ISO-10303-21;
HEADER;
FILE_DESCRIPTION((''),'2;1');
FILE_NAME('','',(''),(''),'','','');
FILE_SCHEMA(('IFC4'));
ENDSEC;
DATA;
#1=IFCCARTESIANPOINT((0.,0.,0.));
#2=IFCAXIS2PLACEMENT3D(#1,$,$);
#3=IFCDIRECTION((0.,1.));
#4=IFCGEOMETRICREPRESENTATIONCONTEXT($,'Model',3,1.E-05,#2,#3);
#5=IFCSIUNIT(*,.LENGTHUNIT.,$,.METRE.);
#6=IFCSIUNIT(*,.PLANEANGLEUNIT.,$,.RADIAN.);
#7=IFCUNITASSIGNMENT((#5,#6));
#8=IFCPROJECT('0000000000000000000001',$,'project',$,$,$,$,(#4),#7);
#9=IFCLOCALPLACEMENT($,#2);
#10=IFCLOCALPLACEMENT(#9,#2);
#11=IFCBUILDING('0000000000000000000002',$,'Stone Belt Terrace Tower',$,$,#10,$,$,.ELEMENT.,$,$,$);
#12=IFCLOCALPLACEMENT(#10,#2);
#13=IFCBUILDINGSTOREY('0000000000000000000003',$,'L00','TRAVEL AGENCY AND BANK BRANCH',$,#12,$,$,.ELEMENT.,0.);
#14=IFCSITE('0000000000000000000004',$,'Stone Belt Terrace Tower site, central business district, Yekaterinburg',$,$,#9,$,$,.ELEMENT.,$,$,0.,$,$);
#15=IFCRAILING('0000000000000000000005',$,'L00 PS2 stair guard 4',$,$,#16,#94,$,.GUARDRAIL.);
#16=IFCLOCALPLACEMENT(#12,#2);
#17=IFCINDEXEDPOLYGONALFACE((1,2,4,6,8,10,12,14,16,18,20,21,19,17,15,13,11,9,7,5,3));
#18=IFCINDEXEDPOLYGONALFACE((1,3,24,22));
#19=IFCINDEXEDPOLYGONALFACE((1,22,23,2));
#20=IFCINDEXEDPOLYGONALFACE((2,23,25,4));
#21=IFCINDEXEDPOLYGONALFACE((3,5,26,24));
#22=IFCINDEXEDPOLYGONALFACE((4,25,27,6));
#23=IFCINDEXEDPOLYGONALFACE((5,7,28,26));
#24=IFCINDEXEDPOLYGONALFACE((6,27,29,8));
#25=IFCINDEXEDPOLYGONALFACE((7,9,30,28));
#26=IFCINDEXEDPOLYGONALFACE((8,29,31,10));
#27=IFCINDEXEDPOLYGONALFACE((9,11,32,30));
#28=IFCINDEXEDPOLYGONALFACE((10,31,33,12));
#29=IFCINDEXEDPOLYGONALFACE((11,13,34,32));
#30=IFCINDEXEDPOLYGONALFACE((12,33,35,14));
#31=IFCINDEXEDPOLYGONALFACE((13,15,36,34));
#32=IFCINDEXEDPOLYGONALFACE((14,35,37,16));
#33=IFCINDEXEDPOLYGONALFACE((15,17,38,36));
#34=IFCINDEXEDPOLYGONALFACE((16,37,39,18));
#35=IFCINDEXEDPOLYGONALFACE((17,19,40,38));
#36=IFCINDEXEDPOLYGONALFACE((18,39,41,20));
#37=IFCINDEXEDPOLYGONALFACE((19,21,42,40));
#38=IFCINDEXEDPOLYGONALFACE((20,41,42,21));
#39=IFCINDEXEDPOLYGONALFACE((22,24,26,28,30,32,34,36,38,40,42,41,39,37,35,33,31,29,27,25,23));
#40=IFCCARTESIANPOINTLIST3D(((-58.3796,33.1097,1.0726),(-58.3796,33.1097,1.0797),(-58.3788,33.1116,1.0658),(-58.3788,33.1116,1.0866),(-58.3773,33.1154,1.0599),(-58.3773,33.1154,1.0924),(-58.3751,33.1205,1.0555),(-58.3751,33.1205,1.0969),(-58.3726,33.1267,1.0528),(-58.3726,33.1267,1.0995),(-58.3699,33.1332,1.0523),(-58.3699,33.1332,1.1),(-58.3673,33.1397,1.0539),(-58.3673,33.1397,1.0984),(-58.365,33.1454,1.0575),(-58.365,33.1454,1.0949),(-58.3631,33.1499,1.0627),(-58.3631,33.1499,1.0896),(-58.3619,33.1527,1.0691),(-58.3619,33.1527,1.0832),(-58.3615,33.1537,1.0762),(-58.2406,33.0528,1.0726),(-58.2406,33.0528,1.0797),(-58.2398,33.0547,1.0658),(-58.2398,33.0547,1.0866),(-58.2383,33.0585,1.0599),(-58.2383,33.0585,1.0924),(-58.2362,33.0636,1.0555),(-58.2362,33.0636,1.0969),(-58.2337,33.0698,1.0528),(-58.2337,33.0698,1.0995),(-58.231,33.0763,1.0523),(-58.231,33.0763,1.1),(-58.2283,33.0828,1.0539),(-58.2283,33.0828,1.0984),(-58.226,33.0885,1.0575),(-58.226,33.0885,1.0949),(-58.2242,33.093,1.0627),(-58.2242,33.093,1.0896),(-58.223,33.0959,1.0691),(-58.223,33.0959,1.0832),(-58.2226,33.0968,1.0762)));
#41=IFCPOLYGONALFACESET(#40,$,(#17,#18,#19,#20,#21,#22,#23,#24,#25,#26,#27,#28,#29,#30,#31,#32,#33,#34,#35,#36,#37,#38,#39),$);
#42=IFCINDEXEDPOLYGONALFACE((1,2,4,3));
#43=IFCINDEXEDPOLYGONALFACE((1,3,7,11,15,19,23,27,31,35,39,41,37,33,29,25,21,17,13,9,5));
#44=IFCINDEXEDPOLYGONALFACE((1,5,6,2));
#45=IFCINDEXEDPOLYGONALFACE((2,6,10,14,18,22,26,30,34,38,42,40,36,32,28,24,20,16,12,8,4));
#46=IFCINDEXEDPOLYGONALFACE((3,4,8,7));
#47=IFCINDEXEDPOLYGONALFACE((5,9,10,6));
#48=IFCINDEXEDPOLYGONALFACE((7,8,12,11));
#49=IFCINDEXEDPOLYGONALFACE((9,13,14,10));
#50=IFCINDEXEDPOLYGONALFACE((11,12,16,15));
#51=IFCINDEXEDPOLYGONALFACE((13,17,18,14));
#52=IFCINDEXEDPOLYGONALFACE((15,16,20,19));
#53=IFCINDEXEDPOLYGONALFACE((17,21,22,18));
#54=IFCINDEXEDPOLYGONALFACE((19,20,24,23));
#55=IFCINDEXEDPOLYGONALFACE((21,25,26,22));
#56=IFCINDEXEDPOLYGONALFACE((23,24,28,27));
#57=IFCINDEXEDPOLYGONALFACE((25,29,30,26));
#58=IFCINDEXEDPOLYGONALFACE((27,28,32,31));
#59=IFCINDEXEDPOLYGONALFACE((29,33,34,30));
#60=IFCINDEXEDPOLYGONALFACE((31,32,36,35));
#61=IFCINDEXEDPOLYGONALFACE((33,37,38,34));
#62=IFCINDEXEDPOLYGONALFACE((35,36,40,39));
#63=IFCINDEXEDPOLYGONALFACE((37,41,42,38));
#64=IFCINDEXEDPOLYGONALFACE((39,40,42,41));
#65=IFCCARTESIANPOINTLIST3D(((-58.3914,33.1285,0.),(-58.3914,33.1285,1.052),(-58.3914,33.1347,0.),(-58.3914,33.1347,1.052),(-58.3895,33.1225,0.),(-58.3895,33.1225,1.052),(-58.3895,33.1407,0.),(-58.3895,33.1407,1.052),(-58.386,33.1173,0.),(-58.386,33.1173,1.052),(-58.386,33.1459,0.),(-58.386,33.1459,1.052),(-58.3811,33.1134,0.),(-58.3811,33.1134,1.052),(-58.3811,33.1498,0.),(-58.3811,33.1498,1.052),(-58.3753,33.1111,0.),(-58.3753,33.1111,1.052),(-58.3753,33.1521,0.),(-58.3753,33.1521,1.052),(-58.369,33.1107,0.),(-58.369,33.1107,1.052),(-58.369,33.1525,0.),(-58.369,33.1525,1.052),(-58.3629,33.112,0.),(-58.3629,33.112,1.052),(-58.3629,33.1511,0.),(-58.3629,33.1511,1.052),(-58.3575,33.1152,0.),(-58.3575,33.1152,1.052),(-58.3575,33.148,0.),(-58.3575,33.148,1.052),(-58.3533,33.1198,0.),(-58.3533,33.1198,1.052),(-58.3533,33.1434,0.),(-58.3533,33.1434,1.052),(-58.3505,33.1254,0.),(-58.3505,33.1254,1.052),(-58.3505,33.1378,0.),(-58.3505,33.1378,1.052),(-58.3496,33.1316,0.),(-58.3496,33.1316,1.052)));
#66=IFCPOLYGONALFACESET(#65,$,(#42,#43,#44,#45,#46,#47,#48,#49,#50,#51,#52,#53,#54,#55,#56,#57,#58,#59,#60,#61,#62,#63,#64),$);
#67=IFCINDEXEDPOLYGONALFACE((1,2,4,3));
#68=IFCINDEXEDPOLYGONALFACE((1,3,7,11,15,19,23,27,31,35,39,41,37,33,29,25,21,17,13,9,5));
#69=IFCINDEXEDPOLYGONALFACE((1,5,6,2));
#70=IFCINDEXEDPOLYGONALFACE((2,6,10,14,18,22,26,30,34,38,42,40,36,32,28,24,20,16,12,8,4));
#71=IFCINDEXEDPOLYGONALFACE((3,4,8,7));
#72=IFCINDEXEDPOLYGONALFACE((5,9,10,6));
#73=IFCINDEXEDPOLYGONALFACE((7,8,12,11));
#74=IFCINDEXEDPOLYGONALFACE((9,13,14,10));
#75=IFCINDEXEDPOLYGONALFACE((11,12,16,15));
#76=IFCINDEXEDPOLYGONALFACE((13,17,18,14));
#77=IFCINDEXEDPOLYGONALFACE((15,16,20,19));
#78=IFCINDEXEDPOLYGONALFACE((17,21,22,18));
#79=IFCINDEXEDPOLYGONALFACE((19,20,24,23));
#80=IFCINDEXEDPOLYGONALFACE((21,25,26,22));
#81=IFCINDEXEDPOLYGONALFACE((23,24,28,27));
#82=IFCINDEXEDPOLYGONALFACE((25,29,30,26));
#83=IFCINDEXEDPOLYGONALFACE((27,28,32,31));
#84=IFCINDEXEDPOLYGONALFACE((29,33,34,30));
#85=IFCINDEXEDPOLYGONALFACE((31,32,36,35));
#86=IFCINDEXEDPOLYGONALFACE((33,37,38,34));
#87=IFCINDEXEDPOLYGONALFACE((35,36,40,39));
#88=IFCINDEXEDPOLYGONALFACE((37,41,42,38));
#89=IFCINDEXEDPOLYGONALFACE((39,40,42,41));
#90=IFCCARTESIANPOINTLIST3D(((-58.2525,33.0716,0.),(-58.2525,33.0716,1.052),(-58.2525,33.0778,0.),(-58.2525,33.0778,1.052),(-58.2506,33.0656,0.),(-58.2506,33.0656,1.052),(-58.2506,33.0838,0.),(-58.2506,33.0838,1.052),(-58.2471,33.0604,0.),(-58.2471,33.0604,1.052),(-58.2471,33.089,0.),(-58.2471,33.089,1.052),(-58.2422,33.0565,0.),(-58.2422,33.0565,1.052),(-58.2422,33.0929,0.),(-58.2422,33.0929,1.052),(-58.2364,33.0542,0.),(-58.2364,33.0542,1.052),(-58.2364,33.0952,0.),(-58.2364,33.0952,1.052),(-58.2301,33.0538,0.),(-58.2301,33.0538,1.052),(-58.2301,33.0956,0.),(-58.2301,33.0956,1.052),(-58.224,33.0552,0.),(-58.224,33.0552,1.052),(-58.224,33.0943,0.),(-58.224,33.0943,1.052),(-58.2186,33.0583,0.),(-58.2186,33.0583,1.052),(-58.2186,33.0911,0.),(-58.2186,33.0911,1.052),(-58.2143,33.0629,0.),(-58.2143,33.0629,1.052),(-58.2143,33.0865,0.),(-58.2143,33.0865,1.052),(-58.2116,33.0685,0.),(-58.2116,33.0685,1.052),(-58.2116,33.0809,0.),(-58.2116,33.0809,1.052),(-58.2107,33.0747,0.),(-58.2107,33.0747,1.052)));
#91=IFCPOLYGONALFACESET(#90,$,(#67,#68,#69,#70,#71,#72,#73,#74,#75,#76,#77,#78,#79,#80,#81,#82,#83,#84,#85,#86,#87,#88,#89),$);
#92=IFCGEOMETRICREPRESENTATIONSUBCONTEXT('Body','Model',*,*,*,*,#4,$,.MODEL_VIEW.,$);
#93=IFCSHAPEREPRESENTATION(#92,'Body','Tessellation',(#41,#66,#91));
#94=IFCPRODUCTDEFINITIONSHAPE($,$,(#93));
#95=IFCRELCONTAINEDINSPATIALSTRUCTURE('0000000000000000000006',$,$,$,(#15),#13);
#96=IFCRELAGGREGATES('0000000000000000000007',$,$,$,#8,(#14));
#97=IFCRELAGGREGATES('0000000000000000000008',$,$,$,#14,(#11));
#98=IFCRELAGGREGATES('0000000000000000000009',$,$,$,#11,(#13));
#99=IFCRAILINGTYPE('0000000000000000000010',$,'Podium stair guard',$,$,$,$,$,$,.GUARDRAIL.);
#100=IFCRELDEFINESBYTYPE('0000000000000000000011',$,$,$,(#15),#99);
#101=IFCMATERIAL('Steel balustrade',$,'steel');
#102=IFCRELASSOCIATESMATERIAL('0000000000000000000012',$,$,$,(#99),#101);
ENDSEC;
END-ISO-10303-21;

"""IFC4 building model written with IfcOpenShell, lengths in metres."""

from ifc_helpers import new_model, si_unit, direction, frame, origin, origin_2d, place, context, subcontext, project, spatial, circle, extrude, material, type_object, element, save


model = new_model("IFC4")

# Units and contexts
model_context = context("Model", 3, precision=1e-05, world=origin(), true_north=direction((0.0, 1.0)))
body_context = subcontext(model_context, "Body", "Model", "MODEL_VIEW")
ifc_project = project(units=[si_unit("LENGTHUNIT", "METRE"), si_unit("PLANEANGLEUNIT", "RADIAN")], contexts=[model_context])

# Site, building, storey
site_placement = place(None, origin())
site = spatial("IfcSite", under=ifc_project, at=site_placement, Name="Stone Belt Terrace Tower site, central business district, Yekaterinburg", CompositionType="ELEMENT", RefElevation=0.0)
building_placement = place(site_placement, origin())
building = spatial("IfcBuilding", under=site, at=building_placement, Name="Stone Belt Terrace Tower", CompositionType="ELEMENT")
storey_placement = place(building_placement, origin())
storey = spatial("IfcBuildingStorey", under=building, at=storey_placement, Name="L00", Description="TRAVEL AGENCY AND BANK BRANCH", CompositionType="ELEMENT", Elevation=0.0)

# Railing
ifc_material_1 = material(Name="Steel balustrade", Category="steel")
railing_type_1 = type_object("IfcRailingType", Name="Podium stair guard", PredefinedType="GUARDRAIL", material=ifc_material_1)
railing_1_placement = place(storey_placement, frame((-58.3706, 33.1316, 0.0)))
element("IfcRailing", 1, at=railing_1_placement, inside=storey, type_object=railing_type_1, Name="L00 PS2 stair guard 4", PredefinedType="GUARDRAIL", context=body_context, shape_type="SweptSolid", body=[
    extrude(circle(Radius=0.0239, at=origin_2d()), frame((0.0, 0.0, 1.0762), z_axis=(0.925417, -0.378949, 0.0), x_axis=(0.378949, 0.925417, 0.0)), (0.0, 0.0, 1.0), 0.1501),
    extrude(circle(Radius=0.021, at=origin_2d()), origin(), (0.0, 0.0, 1.0), 1.052),
    extrude(circle(Radius=0.021, at=origin_2d()), frame((0.1389, -0.0569, 0.0)), (0.0, 0.0, 1.0), 1.052),
])

save(model, "model.ifc")
